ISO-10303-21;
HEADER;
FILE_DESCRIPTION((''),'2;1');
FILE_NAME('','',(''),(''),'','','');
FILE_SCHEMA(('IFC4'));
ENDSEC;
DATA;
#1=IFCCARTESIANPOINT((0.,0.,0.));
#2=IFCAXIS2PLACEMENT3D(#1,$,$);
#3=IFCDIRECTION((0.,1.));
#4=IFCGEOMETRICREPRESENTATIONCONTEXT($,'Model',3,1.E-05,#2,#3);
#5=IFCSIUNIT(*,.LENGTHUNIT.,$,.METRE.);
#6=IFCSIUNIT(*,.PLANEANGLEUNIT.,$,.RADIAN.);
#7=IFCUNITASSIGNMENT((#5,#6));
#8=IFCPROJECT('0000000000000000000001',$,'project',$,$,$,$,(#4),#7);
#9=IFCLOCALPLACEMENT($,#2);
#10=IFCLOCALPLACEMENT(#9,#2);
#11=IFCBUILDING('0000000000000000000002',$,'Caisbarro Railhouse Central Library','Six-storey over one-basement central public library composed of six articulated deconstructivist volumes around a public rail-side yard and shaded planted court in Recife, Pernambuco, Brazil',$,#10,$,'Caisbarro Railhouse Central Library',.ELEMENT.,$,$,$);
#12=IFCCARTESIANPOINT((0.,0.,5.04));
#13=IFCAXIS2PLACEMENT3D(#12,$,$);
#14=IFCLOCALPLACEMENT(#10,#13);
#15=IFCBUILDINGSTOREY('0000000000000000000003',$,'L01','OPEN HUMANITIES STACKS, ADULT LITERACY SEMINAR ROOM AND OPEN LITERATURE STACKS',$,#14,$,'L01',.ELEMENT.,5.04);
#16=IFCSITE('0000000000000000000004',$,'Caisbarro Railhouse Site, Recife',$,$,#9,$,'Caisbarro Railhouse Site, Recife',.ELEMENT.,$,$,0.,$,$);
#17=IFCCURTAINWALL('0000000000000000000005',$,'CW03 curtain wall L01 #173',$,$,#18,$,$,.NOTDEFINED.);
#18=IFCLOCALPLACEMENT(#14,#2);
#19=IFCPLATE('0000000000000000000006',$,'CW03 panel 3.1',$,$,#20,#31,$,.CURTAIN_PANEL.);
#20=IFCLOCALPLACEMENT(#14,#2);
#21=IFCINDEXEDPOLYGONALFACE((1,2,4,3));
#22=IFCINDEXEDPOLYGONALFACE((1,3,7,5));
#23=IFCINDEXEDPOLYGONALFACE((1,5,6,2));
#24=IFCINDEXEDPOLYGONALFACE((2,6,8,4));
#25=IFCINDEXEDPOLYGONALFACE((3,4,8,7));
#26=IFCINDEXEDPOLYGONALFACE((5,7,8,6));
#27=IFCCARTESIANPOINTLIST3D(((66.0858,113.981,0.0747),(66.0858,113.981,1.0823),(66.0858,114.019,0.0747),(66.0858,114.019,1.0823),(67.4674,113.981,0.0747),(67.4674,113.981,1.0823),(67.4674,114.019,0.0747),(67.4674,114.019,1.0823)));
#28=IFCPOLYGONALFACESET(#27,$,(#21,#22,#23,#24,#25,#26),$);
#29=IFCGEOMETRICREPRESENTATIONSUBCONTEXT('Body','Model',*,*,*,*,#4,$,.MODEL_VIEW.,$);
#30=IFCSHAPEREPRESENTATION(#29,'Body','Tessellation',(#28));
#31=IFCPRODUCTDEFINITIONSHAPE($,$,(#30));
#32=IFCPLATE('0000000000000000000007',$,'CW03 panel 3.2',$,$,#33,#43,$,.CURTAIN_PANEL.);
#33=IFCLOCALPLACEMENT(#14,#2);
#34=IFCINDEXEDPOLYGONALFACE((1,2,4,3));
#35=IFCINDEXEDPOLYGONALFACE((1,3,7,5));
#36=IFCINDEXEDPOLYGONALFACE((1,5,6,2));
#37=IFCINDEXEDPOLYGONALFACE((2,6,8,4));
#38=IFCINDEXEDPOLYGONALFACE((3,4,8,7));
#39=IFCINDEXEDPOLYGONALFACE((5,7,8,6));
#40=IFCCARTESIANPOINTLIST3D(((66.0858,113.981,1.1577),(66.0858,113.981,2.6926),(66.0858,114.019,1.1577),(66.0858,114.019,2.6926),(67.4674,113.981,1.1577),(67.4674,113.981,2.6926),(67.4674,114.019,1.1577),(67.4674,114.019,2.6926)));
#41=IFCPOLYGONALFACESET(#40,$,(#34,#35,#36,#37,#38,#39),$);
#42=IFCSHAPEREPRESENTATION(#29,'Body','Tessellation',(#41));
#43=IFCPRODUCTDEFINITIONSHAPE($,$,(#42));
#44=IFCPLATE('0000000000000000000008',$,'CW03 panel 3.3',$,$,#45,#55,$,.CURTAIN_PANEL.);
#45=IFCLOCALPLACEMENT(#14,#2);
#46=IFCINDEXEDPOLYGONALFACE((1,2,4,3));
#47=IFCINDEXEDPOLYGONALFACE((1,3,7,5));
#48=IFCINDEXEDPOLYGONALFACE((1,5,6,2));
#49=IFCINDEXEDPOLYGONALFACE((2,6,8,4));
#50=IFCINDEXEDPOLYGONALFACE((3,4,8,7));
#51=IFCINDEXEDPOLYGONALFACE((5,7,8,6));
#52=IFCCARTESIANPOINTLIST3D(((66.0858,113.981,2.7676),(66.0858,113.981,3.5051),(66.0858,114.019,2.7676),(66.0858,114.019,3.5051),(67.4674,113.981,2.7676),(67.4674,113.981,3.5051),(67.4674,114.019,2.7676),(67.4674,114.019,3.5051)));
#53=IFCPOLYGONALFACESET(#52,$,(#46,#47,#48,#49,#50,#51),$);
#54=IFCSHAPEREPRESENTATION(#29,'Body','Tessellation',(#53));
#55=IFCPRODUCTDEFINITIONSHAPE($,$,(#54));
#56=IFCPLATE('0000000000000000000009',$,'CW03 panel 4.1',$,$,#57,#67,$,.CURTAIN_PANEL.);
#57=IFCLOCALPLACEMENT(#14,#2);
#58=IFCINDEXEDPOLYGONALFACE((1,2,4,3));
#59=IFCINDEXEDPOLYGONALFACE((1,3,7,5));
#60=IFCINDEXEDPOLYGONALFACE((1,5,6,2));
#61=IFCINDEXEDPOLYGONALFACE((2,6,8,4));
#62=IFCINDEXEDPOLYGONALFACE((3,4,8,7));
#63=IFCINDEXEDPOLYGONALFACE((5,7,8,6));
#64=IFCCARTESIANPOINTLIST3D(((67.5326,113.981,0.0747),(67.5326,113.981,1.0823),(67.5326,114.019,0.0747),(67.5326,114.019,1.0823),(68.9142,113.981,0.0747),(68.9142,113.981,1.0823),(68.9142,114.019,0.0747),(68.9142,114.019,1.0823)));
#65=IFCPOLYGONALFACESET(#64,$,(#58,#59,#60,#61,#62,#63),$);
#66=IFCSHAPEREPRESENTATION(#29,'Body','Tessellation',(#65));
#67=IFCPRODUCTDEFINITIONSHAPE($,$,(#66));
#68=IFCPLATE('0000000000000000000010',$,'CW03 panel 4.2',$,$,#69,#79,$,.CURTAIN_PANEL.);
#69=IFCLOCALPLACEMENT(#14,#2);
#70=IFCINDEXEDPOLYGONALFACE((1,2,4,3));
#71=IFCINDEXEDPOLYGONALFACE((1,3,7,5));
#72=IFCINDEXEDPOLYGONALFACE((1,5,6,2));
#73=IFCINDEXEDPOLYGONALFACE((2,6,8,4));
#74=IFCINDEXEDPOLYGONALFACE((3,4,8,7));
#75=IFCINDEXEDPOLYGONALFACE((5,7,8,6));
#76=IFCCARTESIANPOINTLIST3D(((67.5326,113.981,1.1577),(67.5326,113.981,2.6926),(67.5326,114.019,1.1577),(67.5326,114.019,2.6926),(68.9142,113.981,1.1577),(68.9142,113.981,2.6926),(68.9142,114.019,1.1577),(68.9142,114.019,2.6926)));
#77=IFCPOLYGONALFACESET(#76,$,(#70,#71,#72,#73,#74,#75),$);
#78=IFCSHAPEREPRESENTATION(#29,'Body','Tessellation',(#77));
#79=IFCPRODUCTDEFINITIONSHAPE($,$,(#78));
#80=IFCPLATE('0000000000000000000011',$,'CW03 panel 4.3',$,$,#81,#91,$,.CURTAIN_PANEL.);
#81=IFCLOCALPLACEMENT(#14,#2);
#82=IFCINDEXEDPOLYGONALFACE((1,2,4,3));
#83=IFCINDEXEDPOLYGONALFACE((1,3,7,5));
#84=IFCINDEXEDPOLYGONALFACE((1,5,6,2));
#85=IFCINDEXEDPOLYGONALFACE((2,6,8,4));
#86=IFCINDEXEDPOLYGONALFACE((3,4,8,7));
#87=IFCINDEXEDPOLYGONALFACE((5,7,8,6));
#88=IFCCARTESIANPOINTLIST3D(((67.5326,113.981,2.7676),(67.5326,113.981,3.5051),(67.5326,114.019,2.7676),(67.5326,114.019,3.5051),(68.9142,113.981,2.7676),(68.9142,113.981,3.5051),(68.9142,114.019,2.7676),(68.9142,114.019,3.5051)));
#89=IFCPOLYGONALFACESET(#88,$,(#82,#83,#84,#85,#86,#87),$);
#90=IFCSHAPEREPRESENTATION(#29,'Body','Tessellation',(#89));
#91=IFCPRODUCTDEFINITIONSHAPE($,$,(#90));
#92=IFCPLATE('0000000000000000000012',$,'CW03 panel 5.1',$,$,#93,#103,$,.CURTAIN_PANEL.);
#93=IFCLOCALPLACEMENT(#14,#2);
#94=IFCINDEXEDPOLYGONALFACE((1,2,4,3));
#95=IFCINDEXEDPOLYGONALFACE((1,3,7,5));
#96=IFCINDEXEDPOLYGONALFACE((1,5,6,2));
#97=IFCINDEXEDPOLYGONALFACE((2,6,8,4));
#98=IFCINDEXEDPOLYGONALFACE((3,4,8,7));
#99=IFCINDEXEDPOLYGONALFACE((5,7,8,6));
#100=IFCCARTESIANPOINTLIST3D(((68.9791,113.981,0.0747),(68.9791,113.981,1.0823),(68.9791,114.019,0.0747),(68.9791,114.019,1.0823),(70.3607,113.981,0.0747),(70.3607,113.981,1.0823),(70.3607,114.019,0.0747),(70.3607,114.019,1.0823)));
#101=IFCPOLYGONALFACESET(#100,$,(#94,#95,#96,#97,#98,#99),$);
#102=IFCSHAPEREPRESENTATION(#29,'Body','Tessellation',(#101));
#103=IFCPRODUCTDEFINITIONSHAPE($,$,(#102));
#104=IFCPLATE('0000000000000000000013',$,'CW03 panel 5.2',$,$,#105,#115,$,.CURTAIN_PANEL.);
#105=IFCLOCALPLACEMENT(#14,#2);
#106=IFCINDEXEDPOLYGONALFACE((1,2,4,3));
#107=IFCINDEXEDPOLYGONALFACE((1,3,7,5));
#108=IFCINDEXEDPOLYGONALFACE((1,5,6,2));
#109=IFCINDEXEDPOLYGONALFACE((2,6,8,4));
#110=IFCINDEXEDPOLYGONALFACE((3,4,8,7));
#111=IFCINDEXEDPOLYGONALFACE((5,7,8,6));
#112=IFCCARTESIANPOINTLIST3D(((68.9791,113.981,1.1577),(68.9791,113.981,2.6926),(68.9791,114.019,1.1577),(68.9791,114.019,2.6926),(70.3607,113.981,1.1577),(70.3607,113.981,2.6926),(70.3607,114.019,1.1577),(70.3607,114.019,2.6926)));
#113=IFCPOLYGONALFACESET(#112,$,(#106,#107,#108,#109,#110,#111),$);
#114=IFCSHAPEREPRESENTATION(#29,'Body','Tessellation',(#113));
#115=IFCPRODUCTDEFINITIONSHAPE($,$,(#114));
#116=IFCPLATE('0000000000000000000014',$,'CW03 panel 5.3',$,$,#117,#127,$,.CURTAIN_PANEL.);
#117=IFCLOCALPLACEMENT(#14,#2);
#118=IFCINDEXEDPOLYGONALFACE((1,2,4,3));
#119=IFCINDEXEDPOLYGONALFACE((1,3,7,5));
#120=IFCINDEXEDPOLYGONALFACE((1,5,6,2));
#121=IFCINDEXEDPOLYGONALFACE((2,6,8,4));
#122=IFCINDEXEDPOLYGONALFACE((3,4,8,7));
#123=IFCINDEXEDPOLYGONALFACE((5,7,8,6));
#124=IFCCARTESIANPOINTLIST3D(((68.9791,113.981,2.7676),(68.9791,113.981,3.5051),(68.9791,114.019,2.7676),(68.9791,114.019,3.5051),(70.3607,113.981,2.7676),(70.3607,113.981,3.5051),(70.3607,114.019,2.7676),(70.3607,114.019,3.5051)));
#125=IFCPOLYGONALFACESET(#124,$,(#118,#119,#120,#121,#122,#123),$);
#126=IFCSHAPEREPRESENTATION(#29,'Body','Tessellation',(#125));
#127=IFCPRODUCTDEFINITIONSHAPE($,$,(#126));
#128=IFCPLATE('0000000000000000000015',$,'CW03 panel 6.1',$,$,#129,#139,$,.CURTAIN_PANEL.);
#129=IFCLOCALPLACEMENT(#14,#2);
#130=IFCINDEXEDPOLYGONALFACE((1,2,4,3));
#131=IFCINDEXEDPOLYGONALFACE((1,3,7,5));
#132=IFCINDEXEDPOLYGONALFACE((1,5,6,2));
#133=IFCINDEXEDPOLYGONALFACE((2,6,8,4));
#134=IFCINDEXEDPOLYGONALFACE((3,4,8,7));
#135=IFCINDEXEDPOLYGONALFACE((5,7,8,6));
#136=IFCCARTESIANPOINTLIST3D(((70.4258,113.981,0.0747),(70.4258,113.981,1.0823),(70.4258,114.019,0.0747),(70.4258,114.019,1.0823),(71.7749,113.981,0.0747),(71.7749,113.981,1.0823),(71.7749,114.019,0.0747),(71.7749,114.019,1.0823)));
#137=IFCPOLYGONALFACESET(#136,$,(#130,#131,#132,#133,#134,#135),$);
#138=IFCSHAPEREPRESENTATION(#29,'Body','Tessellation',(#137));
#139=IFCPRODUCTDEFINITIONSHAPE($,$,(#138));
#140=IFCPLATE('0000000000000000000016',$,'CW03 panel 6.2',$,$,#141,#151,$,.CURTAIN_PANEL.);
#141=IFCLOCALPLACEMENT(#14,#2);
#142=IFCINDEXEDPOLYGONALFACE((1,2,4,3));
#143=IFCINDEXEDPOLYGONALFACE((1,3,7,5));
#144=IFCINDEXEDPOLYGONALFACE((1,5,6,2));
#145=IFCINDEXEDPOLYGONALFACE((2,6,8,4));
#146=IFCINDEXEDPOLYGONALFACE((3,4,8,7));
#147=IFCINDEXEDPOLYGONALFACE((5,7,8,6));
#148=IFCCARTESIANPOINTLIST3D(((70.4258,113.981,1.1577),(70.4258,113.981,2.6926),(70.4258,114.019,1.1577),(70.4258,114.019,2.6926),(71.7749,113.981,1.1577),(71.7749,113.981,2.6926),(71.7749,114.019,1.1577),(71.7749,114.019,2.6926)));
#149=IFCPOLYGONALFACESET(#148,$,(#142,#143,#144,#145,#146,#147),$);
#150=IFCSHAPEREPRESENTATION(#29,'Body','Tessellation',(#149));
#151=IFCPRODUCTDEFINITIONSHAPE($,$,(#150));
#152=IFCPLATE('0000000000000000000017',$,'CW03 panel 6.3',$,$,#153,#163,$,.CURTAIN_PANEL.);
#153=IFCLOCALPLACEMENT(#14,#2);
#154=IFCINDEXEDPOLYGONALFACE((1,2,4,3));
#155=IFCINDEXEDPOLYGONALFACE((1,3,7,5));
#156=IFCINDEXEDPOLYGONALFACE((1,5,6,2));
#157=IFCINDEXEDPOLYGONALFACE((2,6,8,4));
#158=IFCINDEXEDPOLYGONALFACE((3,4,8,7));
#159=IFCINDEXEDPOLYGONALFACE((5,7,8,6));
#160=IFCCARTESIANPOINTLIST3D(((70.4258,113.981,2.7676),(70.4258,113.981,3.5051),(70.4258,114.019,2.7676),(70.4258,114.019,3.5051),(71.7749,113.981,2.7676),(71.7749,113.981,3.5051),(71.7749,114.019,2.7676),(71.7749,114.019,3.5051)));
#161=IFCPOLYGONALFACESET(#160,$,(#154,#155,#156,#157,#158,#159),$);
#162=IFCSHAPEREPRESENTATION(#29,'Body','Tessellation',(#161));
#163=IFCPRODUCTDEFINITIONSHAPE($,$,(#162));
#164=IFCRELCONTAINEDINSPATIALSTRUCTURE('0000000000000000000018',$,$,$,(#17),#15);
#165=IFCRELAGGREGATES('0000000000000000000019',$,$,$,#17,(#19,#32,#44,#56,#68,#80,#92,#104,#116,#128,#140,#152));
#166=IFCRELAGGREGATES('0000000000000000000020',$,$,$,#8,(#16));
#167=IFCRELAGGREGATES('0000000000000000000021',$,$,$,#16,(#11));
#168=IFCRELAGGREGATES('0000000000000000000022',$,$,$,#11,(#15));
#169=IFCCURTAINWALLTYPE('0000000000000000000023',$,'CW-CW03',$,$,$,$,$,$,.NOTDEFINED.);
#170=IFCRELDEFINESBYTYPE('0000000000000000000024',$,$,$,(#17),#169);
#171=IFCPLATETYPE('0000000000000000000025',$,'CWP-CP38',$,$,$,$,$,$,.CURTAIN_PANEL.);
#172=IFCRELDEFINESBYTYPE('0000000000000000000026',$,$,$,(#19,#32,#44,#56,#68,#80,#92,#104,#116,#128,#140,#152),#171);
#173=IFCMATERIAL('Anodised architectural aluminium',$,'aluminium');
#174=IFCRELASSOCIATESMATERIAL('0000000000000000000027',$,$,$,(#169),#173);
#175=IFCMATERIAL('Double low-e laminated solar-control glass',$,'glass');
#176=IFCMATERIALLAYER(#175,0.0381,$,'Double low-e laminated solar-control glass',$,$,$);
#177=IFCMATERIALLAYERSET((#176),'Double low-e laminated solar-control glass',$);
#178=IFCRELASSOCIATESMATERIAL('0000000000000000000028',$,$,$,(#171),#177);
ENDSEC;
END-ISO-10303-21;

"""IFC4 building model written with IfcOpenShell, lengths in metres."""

from ifc_helpers import new_model, si_unit, direction, frame, origin, origin_2d, place, context, subcontext, project, spatial, rectangle, extrude, material, layer, layer_set, type_object, element, aggregate, save


model = new_model("IFC4")

# Units and contexts
model_context = context("Model", 3, precision=1e-05, world=origin(), true_north=direction((0.0, 1.0)))
body_context = subcontext(model_context, "Body", "Model", "MODEL_VIEW")
ifc_project = project(units=[si_unit("LENGTHUNIT", "METRE"), si_unit("PLANEANGLEUNIT", "RADIAN")], contexts=[model_context])

# Site, building, storey
site_placement = place(None, origin())
site = spatial("IfcSite", under=ifc_project, at=site_placement, Name="Caisbarro Railhouse Site, Recife", LongName="Caisbarro Railhouse Site, Recife", CompositionType="ELEMENT", RefElevation=0.0)
building_placement = place(site_placement, origin())
building = spatial("IfcBuilding", under=site, at=building_placement, Name="Caisbarro Railhouse Central Library", Description="Six-storey over one-basement central public library composed of six articulated deconstructivist volumes around a public rail-side yard and shaded planted court in Recife, Pernambuco, Brazil", LongName="Caisbarro Railhouse Central Library", CompositionType="ELEMENT")
storey_placement = place(building_placement, frame((0.0, 0.0, 5.04)))
storey = spatial("IfcBuildingStorey", under=building, at=storey_placement, Name="L01", Description="OPEN HUMANITIES STACKS, ADULT LITERACY SEMINAR ROOM AND OPEN LITERATURE STACKS", LongName="L01", CompositionType="ELEMENT", Elevation=5.04)

# Curtain wall, plates
ifc_material_1 = material(Name="Anodised architectural aluminium", Category="aluminium")
curtain_wall_type = type_object("IfcCurtainWallType", Name="CW-CW03", PredefinedType="NOTDEFINED", material=ifc_material_1)
curtain_wall_placement = place(storey_placement, origin())
curtain_wall = element("IfcCurtainWall", 1, at=curtain_wall_placement, inside=storey, type_object=curtain_wall_type, Name="CW03 curtain wall L01 #173", PredefinedType="NOTDEFINED")
ifc_material_2 = material(Name="Double low-e laminated solar-control glass", Category="glass")
ifc_layer = layer(ifc_material_2, 0.0381, Name="Double low-e laminated solar-control glass")
ifc_layer_set = layer_set([ifc_layer], Name="Double low-e laminated solar-control glass")
plate_type = type_object("IfcPlateType", Name="CWP-CP38", PredefinedType="CURTAIN_PANEL", material=ifc_layer_set)
plate_1_placement = place(storey_placement, frame((66.7766, 114.0, 0.0747), z_axis=(0.0, 0.0, 1.0), x_axis=(1.0, 0.0, 0.0)))
plate_1 = element("IfcPlate", 2, at=plate_1_placement, type_object=plate_type, Name="CW03 panel 3.1", PredefinedType="CURTAIN_PANEL", context=body_context, shape_type="SweptSolid", body=[
    extrude(rectangle(XDim=1.3816, YDim=0.0381, at=origin_2d()), origin(), (0.0, 0.0, 1.0), 1.0076),
])
plate_2_placement = place(storey_placement, frame((66.7766, 114.0, 1.1577), z_axis=(0.0, 0.0, 1.0), x_axis=(1.0, 0.0, 0.0)))
plate_2 = element("IfcPlate", 3, at=plate_2_placement, type_object=plate_type, Name="CW03 panel 3.2", PredefinedType="CURTAIN_PANEL", context=body_context, shape_type="SweptSolid", body=[
    extrude(rectangle(XDim=1.3816, YDim=0.0381, at=origin_2d()), origin(), (0.0, 0.0, 1.0), 1.5349),
])
plate_3_placement = place(storey_placement, frame((66.7766, 114.0, 2.7676), z_axis=(0.0, 0.0, 1.0), x_axis=(1.0, 0.0, 0.0)))
plate_3 = element("IfcPlate", 4, at=plate_3_placement, type_object=plate_type, Name="CW03 panel 3.3", PredefinedType="CURTAIN_PANEL", context=body_context, shape_type="SweptSolid", body=[
    extrude(rectangle(XDim=1.3816, YDim=0.0381, at=origin_2d()), origin(), (0.0, 0.0, 1.0), 0.7375),
])
plate_4_placement = place(storey_placement, frame((68.2234, 114.0, 0.0747), z_axis=(0.0, 0.0, 1.0), x_axis=(1.0, 0.0, 0.0)))
plate_4 = element("IfcPlate", 5, at=plate_4_placement, type_object=plate_type, Name="CW03 panel 4.1", PredefinedType="CURTAIN_PANEL", context=body_context, shape_type="SweptSolid", body=[
    extrude(rectangle(XDim=1.3816, YDim=0.0381, at=origin_2d()), origin(), (0.0, 0.0, 1.0), 1.0076),
])
plate_5_placement = place(storey_placement, frame((68.2234, 114.0, 1.1577), z_axis=(0.0, 0.0, 1.0), x_axis=(1.0, 0.0, 0.0)))
plate_5 = element("IfcPlate", 6, at=plate_5_placement, type_object=plate_type, Name="CW03 panel 4.2", PredefinedType="CURTAIN_PANEL", context=body_context, shape_type="SweptSolid", body=[
    extrude(rectangle(XDim=1.3816, YDim=0.0381, at=origin_2d()), origin(), (0.0, 0.0, 1.0), 1.5349),
])
plate_6_placement = place(storey_placement, frame((68.2234, 114.0, 2.7676), z_axis=(0.0, 0.0, 1.0), x_axis=(1.0, 0.0, 0.0)))
plate_6 = element("IfcPlate", 7, at=plate_6_placement, type_object=plate_type, Name="CW03 panel 4.3", PredefinedType="CURTAIN_PANEL", context=body_context, shape_type="SweptSolid", body=[
    extrude(rectangle(XDim=1.3816, YDim=0.0381, at=origin_2d()), origin(), (0.0, 0.0, 1.0), 0.7375),
])
plate_7_placement = place(storey_placement, frame((69.6699, 114.0, 0.0747), z_axis=(0.0, 0.0, 1.0), x_axis=(1.0, 0.0, 0.0)))
plate_7 = element("IfcPlate", 8, at=plate_7_placement, type_object=plate_type, Name="CW03 panel 5.1", PredefinedType="CURTAIN_PANEL", context=body_context, shape_type="SweptSolid", body=[
    extrude(rectangle(XDim=1.3816, YDim=0.0381, at=origin_2d()), origin(), (0.0, 0.0, 1.0), 1.0076),
])
plate_8_placement = place(storey_placement, frame((69.6699, 114.0, 1.1577), z_axis=(0.0, 0.0, 1.0), x_axis=(1.0, 0.0, 0.0)))
plate_8 = element("IfcPlate", 9, at=plate_8_placement, type_object=plate_type, Name="CW03 panel 5.2", PredefinedType="CURTAIN_PANEL", context=body_context, shape_type="SweptSolid", body=[
    extrude(rectangle(XDim=1.3816, YDim=0.0381, at=origin_2d()), origin(), (0.0, 0.0, 1.0), 1.5349),
])
plate_9_placement = place(storey_placement, frame((69.6699, 114.0, 2.7676), z_axis=(0.0, 0.0, 1.0), x_axis=(1.0, 0.0, 0.0)))
plate_9 = element("IfcPlate", 10, at=plate_9_placement, type_object=plate_type, Name="CW03 panel 5.3", PredefinedType="CURTAIN_PANEL", context=body_context, shape_type="SweptSolid", body=[
    extrude(rectangle(XDim=1.3816, YDim=0.0381, at=origin_2d()), origin(), (0.0, 0.0, 1.0), 0.7375),
])
plate_10_placement = place(storey_placement, frame((71.1003, 114.0, 0.0747), z_axis=(0.0, 0.0, 1.0), x_axis=(1.0, 0.0, 0.0)))
plate_10 = element("IfcPlate", 11, at=plate_10_placement, type_object=plate_type, Name="CW03 panel 6.1", PredefinedType="CURTAIN_PANEL", context=body_context, shape_type="SweptSolid", body=[
    extrude(rectangle(XDim=1.3491, YDim=0.0381, at=origin_2d()), origin(), (0.0, 0.0, 1.0), 1.0076),
])
plate_11_placement = place(storey_placement, frame((71.1003, 114.0, 1.1577), z_axis=(0.0, 0.0, 1.0), x_axis=(1.0, 0.0, 0.0)))
plate_11 = element("IfcPlate", 12, at=plate_11_placement, type_object=plate_type, Name="CW03 panel 6.2", PredefinedType="CURTAIN_PANEL", context=body_context, shape_type="SweptSolid", body=[
    extrude(rectangle(XDim=1.3491, YDim=0.0381, at=origin_2d()), origin(), (0.0, 0.0, 1.0), 1.5349),
])
plate_12_placement = place(storey_placement, frame((71.1003, 114.0, 2.7676), z_axis=(0.0, 0.0, 1.0), x_axis=(1.0, 0.0, 0.0)))
plate_12 = element("IfcPlate", 13, at=plate_12_placement, type_object=plate_type, Name="CW03 panel 6.3", PredefinedType="CURTAIN_PANEL", context=body_context, shape_type="SweptSolid", body=[
    extrude(rectangle(XDim=1.3491, YDim=0.0381, at=origin_2d()), origin(), (0.0, 0.0, 1.0), 0.7375),
])
aggregate(curtain_wall, [plate_1, plate_2, plate_3, plate_4, plate_5, plate_6, plate_7, plate_8, plate_9, plate_10, plate_11, plate_12])

save(model, "model.ifc")
